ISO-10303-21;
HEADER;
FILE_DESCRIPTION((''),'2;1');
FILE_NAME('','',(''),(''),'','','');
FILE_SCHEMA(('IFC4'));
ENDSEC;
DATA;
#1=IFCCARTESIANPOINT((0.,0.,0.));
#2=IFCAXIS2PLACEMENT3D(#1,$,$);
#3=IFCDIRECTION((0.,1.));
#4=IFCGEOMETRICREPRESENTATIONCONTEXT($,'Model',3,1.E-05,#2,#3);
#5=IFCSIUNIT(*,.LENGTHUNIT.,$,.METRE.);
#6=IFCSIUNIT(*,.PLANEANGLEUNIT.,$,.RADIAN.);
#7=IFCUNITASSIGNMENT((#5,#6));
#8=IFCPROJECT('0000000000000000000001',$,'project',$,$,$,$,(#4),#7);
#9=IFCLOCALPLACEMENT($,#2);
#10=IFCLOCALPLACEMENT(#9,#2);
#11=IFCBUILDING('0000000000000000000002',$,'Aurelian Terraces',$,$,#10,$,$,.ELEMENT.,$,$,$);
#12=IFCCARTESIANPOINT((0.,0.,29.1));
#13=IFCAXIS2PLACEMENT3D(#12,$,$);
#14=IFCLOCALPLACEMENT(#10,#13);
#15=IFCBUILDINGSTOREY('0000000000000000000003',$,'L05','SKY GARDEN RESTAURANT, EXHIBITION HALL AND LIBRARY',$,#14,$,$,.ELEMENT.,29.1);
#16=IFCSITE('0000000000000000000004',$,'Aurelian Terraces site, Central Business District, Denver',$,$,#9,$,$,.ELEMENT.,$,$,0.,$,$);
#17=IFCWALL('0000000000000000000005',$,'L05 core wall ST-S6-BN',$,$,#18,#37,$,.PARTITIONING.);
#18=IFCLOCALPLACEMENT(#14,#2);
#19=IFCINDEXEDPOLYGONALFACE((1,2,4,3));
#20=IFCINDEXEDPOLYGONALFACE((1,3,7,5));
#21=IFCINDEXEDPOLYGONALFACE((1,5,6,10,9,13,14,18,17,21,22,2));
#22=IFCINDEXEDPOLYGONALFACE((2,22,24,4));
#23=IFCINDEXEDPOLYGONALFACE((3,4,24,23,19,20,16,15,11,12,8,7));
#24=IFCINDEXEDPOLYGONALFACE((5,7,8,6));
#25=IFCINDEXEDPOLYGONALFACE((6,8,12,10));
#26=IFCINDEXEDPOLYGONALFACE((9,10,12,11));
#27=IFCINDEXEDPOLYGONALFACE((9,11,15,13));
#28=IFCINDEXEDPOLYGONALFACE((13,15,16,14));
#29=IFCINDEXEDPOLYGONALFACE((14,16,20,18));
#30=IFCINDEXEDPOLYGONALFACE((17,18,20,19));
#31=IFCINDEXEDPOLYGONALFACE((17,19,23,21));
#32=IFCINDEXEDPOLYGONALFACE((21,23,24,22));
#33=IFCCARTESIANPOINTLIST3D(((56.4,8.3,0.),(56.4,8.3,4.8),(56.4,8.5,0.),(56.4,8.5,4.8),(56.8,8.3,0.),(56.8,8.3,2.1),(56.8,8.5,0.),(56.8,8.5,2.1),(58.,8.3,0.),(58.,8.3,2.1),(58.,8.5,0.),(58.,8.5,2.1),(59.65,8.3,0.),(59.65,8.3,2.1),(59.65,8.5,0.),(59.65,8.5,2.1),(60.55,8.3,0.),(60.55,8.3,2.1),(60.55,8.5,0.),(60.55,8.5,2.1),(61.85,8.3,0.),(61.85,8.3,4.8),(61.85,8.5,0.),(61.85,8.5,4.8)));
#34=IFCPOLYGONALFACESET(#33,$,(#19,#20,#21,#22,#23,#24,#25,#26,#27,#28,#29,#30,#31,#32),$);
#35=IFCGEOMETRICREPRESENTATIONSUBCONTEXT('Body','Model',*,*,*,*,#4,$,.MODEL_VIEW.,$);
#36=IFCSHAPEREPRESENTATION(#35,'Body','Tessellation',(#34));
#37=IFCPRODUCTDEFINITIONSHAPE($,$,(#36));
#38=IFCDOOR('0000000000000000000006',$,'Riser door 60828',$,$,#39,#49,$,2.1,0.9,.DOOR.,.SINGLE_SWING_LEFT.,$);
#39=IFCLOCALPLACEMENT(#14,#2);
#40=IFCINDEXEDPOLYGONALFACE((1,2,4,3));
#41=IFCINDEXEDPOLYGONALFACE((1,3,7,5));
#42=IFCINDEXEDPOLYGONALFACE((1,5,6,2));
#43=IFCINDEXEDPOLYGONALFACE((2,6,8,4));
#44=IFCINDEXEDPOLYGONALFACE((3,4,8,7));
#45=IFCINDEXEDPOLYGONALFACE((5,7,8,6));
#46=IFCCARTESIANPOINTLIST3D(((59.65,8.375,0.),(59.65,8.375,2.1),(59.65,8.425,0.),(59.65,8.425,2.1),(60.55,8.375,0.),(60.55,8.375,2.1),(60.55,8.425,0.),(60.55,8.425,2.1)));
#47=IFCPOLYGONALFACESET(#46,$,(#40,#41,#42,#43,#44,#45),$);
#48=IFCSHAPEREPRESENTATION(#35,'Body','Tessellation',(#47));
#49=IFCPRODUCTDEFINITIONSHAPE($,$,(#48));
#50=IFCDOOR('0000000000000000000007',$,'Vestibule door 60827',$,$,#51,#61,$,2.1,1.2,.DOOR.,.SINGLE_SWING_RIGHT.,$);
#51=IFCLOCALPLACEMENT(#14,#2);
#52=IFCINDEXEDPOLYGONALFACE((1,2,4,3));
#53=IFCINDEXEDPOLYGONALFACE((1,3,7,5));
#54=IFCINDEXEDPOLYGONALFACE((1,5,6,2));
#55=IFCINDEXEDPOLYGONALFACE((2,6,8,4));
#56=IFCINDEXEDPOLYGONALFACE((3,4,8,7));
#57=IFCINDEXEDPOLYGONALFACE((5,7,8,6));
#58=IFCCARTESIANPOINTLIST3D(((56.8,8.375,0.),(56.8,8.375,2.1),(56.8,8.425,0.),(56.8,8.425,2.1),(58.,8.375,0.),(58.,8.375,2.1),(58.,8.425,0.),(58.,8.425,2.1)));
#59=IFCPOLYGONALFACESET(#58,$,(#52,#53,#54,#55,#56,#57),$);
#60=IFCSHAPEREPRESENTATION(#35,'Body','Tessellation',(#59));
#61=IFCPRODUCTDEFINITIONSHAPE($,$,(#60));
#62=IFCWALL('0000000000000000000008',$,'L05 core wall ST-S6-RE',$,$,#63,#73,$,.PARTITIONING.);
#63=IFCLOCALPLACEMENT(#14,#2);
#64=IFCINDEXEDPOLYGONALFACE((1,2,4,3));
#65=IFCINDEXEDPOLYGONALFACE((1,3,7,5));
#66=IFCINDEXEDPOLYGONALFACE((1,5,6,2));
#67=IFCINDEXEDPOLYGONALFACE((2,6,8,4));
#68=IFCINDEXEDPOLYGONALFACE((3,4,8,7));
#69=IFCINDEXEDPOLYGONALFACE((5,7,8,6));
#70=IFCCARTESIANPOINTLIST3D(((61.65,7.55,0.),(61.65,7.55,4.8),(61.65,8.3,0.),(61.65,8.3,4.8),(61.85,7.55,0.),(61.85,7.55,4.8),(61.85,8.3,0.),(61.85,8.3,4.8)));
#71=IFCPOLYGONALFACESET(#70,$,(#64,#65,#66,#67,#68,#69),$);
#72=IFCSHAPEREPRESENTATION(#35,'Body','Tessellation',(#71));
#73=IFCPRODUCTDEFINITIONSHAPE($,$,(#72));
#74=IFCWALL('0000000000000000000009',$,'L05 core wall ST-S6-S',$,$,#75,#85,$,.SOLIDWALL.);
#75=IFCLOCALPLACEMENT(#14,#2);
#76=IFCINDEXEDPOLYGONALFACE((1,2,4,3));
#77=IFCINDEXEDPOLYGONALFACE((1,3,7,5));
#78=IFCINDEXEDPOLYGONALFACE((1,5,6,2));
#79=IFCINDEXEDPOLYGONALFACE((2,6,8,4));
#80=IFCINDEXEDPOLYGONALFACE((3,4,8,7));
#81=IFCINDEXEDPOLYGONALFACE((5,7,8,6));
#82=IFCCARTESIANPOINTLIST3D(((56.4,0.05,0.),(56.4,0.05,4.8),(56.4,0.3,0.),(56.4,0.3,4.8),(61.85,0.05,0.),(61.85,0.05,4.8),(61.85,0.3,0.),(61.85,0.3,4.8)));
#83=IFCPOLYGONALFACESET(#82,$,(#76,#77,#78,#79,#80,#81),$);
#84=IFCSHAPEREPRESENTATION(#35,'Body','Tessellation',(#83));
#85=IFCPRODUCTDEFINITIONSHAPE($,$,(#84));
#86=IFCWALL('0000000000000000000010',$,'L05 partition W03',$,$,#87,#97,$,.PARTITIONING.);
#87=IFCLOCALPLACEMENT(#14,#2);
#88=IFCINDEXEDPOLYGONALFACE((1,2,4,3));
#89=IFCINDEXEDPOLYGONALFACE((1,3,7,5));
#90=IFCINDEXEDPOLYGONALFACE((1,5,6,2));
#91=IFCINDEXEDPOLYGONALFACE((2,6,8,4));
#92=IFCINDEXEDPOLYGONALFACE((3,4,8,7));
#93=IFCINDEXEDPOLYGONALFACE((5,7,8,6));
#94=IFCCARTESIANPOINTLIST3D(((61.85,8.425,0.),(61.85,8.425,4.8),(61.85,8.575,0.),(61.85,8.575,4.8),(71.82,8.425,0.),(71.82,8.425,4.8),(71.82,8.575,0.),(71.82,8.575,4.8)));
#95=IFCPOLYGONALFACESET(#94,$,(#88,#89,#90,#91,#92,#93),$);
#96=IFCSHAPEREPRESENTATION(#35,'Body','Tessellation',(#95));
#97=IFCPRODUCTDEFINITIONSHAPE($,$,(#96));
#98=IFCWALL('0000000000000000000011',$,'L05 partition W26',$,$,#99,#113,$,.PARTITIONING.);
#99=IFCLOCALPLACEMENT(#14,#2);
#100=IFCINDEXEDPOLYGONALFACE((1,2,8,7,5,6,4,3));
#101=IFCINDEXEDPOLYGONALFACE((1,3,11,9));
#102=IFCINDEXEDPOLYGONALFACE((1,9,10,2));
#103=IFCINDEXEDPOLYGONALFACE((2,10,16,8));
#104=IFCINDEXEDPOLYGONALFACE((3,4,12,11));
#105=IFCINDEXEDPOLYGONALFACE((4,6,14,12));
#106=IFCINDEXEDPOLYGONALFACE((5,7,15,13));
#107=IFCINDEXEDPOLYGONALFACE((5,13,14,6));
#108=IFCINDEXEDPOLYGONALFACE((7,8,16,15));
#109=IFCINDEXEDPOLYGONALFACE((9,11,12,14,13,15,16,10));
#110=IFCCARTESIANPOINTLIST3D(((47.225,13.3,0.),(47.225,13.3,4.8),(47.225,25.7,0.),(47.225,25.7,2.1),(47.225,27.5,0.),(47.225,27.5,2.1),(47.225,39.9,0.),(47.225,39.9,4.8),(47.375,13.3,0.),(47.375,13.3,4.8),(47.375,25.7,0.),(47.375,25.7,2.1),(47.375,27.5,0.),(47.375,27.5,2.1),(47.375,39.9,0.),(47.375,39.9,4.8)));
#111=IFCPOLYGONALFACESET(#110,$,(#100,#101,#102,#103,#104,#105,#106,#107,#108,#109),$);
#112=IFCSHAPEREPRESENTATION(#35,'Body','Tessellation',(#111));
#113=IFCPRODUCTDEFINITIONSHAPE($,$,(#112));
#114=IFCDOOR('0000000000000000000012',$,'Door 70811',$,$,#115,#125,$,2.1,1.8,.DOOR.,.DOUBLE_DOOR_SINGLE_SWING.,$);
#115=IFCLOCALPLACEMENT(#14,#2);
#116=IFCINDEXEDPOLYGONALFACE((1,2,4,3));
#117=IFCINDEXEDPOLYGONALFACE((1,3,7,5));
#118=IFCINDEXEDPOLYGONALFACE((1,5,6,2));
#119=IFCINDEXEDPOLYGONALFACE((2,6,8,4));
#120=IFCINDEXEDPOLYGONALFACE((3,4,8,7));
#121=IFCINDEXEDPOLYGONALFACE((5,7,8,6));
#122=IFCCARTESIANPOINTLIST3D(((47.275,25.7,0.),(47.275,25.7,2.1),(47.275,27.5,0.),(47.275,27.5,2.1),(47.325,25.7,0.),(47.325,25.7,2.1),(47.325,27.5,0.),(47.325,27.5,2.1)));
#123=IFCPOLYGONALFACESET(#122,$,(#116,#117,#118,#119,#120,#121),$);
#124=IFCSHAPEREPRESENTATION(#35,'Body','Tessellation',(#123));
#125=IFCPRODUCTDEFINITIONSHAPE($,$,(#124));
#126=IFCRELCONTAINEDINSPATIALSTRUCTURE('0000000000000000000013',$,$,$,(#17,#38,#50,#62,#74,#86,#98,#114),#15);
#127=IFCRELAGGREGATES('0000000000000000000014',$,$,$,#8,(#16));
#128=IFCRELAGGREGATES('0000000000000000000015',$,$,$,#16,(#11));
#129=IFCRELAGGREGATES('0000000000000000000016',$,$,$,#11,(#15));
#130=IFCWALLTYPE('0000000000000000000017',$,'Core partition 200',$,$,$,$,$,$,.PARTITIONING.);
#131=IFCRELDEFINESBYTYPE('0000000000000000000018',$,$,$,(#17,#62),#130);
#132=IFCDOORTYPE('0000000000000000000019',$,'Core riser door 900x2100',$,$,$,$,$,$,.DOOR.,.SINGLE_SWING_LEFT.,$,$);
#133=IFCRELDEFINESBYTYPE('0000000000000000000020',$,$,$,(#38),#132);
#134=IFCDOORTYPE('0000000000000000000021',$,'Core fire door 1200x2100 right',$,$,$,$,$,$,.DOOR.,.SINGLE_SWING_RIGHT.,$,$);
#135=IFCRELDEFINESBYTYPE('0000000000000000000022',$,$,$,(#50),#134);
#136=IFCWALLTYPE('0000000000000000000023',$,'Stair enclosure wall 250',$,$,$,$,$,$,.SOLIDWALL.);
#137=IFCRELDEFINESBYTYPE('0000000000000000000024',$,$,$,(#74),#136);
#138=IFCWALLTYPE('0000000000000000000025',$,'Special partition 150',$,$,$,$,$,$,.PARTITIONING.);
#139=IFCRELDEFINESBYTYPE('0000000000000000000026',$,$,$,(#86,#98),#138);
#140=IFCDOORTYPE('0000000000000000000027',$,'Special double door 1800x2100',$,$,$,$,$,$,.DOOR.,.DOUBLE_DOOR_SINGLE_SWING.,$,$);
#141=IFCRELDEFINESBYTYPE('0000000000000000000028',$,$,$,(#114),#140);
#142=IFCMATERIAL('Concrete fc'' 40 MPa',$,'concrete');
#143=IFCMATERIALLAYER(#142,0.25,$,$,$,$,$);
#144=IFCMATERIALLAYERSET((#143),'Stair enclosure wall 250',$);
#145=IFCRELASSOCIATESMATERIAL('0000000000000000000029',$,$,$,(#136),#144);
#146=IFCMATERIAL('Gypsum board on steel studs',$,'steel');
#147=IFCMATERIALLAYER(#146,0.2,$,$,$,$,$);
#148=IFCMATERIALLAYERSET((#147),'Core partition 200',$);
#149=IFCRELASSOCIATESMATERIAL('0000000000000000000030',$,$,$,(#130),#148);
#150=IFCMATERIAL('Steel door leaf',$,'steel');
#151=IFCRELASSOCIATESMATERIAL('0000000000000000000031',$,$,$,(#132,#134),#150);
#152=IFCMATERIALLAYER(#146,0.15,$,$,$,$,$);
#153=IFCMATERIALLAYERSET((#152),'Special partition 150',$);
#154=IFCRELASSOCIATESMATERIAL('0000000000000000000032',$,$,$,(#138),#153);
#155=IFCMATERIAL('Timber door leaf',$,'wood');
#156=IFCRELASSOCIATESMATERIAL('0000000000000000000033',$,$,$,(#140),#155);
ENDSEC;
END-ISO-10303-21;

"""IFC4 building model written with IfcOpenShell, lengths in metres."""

from ifc_helpers import new_model, si_unit, direction, frame, frame_2d, origin, place, context, subcontext, project, spatial, rectangle, extrude, source, transform, mapped, material, layer, layer_set, type_object, element, fill, save


model = new_model("IFC4")

# Units and contexts
model_context = context("Model", 3, precision=1e-05, world=origin(), true_north=direction((0.0, 1.0)))
body_context = subcontext(model_context, "Body", "Model", "MODEL_VIEW")
ifc_project = project(units=[si_unit("LENGTHUNIT", "METRE"), si_unit("PLANEANGLEUNIT", "RADIAN")], contexts=[model_context])

# Site, building, storey
site_placement = place(None, origin())
site = spatial("IfcSite", under=ifc_project, at=site_placement, Name="Aurelian Terraces site, Central Business District, Denver", CompositionType="ELEMENT", RefElevation=0.0)
building_placement = place(site_placement, origin())
building = spatial("IfcBuilding", under=site, at=building_placement, Name="Aurelian Terraces", CompositionType="ELEMENT")
storey_placement = place(building_placement, frame((0.0, 0.0, 29.1)))
storey = spatial("IfcBuildingStorey", under=building, at=storey_placement, Name="L05", Description="SKY GARDEN RESTAURANT, EXHIBITION HALL AND LIBRARY", CompositionType="ELEMENT", Elevation=29.1)

# Shared definitions
ifc_material_1 = material(Name="Concrete fc' 40 MPa", Category="concrete")
ifc_layer_1 = layer(ifc_material_1, 0.25)
ifc_layer_set_1 = layer_set([ifc_layer_1], Name="Stair enclosure wall 250")
wall_type_1 = type_object("IfcWallType", Name="Stair enclosure wall 250", PredefinedType="SOLIDWALL", material=ifc_layer_set_1)
ifc_material_2 = material(Name="Steel door leaf", Category="steel")

# Shared definitions
ifc_material_3 = material(Name="Gypsum board on steel studs", Category="steel")
ifc_layer_2 = layer(ifc_material_3, 0.2)
ifc_layer_set_2 = layer_set([ifc_layer_2], Name="Core partition 200")
wall_type_2 = type_object("IfcWallType", Name="Core partition 200", PredefinedType="PARTITIONING", material=ifc_layer_set_2)

# Wall, openings, doors
shared_shape_1 = source(origin(), body_context, "Body", "SweptSolid", [
    extrude(rectangle(XDim=5.45, YDim=0.2, at=frame_2d((2.725, 0.0))), origin(), (0.0, 0.0, 1.0), 4.8),
])
wall_1_placement = place(storey_placement, frame((56.4, 8.4, 0.0), z_axis=(0.0, 0.0, 1.0), x_axis=(1.0, 0.0, 0.0)))
wall_1 = element("IfcWall", 1, at=wall_1_placement, inside=storey, type_object=wall_type_2, Name="L05 core wall ST-S6-BN", PredefinedType="PARTITIONING", context=body_context, shape_type="MappedRepresentation", body=[
    mapped(shared_shape_1, transform((0.0, 0.0, 0.0), scale=1.0)),
])
shared_shape_2 = source(origin(), body_context, "Body", "SweptSolid", [
    extrude(rectangle(XDim=1.2, YDim=2.1, at=frame_2d((0.6, 1.05))), frame((0.0, 0.11, 0.0), z_axis=(0.0, -1.0, 0.0), x_axis=(1.0, 0.0, 0.0)), (0.0, 0.0, 1.0), 0.22),
])
opening_1_placement = place(wall_1_placement, frame((0.4, 0.0, 0.0)))
opening_1 = element("IfcOpeningElement", 2, at=opening_1_placement, cuts=wall_1, PredefinedType="OPENING", context=body_context, shape_type="MappedRepresentation", body=[
    mapped(shared_shape_2, transform((0.0, 0.0, 0.0), scale=1.0)),
])
shared_shape_3 = source(origin(), body_context, "Body", "SweptSolid", [
    extrude(rectangle(XDim=0.9, YDim=2.1, at=frame_2d((0.45, 1.05))), frame((0.0, 0.11, 0.0), z_axis=(0.0, -1.0, 0.0), x_axis=(1.0, 0.0, 0.0)), (0.0, 0.0, 1.0), 0.22),
])
opening_2_placement = place(wall_1_placement, frame((3.25, 0.0, 0.0)))
opening_2 = element("IfcOpeningElement", 3, at=opening_2_placement, cuts=wall_1, PredefinedType="OPENING", context=body_context, shape_type="MappedRepresentation", body=[
    mapped(shared_shape_3, transform((0.0, 0.0, 0.0), scale=1.0)),
])
door_type_1 = type_object("IfcDoorType", Name="Core riser door 900x2100", OperationType="SINGLE_SWING_LEFT", PredefinedType="DOOR", material=ifc_material_2)
shared_shape_4 = source(origin(), body_context, "Body", "SweptSolid", [
    extrude(rectangle(XDim=0.9, YDim=2.1, at=frame_2d((0.45, 1.05))), frame((0.0, 0.025, 0.0), z_axis=(0.0, -1.0, 0.0), x_axis=(1.0, 0.0, 0.0)), (0.0, 0.0, 1.0), 0.05),
])
door_1_placement = place(opening_2_placement, origin())
door_1 = element("IfcDoor", 4, at=door_1_placement, inside=storey, type_object=door_type_1, Name="Riser door 60828", OperationType="SINGLE_SWING_LEFT", OverallHeight=2.1, OverallWidth=0.9, PredefinedType="DOOR", context=body_context, shape_type="MappedRepresentation", body=[
    mapped(shared_shape_4, transform((0.0, 0.0, 0.0), scale=1.0)),
])
fill(opening_2, door_1)
door_type_2 = type_object("IfcDoorType", Name="Core fire door 1200x2100 right", OperationType="SINGLE_SWING_RIGHT", PredefinedType="DOOR", material=ifc_material_2)
shared_shape_5 = source(origin(), body_context, "Body", "SweptSolid", [
    extrude(rectangle(XDim=1.2, YDim=2.1, at=frame_2d((0.6, 1.05))), frame((0.0, 0.025, 0.0), z_axis=(0.0, -1.0, 0.0), x_axis=(1.0, 0.0, 0.0)), (0.0, 0.0, 1.0), 0.05),
])
door_2_placement = place(opening_1_placement, origin())
door_2 = element("IfcDoor", 5, at=door_2_placement, inside=storey, type_object=door_type_2, Name="Vestibule door 60827", OperationType="SINGLE_SWING_RIGHT", OverallHeight=2.1, OverallWidth=1.2, PredefinedType="DOOR", context=body_context, shape_type="MappedRepresentation", body=[
    mapped(shared_shape_5, transform((0.0, 0.0, 0.0), scale=1.0)),
])
fill(opening_1, door_2)

# Walls
shared_shape_6 = source(origin(), body_context, "Body", "SweptSolid", [
    extrude(rectangle(XDim=0.75, YDim=0.2, at=frame_2d((0.375, 0.0))), origin(), (0.0, 0.0, 1.0), 4.8),
])
wall_2_placement = place(storey_placement, frame((61.75, 7.55, 0.0), z_axis=(0.0, 0.0, 1.0), x_axis=(0.0, 1.0, 0.0)))
element("IfcWall", 6, at=wall_2_placement, inside=storey, type_object=wall_type_2, Name="L05 core wall ST-S6-RE", PredefinedType="PARTITIONING", context=body_context, shape_type="MappedRepresentation", body=[
    mapped(shared_shape_6, transform((0.0, 0.0, 0.0), scale=1.0)),
])
shared_shape_7 = source(origin(), body_context, "Body", "SweptSolid", [
    extrude(rectangle(XDim=5.45, YDim=0.25, at=frame_2d((2.725, 0.0))), origin(), (0.0, 0.0, 1.0), 4.8),
])
wall_3_placement = place(storey_placement, frame((56.4, 0.175, 0.0), z_axis=(0.0, 0.0, 1.0), x_axis=(1.0, 0.0, 0.0)))
element("IfcWall", 7, at=wall_3_placement, inside=storey, type_object=wall_type_1, Name="L05 core wall ST-S6-S", PredefinedType="SOLIDWALL", context=body_context, shape_type="MappedRepresentation", body=[
    mapped(shared_shape_7, transform((0.0, 0.0, 0.0), scale=1.0)),
])
ifc_layer_3 = layer(ifc_material_3, 0.15)
ifc_layer_set_3 = layer_set([ifc_layer_3], Name="Special partition 150")
wall_type_3 = type_object("IfcWallType", Name="Special partition 150", PredefinedType="PARTITIONING", material=ifc_layer_set_3)
shared_shape_8 = source(origin(), body_context, "Body", "SweptSolid", [
    extrude(rectangle(XDim=9.97, YDim=0.15, at=frame_2d((4.985, 0.0))), origin(), (0.0, 0.0, 1.0), 4.8),
])
wall_4_placement = place(storey_placement, frame((61.85, 8.5, 0.0), z_axis=(0.0, 0.0, 1.0), x_axis=(1.0, 0.0, 0.0)))
element("IfcWall", 8, at=wall_4_placement, inside=storey, type_object=wall_type_3, Name="L05 partition W03", PredefinedType="PARTITIONING", context=body_context, shape_type="MappedRepresentation", body=[
    mapped(shared_shape_8, transform((0.0, 0.0, 0.0), scale=1.0)),
])

# Wall, opening, door
shared_shape_9 = source(origin(), body_context, "Body", "SweptSolid", [
    extrude(rectangle(XDim=26.6, YDim=0.15, at=frame_2d((13.3, 0.0))), origin(), (0.0, 0.0, 1.0), 4.8),
])
wall_5_placement = place(storey_placement, frame((47.3, 13.3, 0.0), z_axis=(0.0, 0.0, 1.0), x_axis=(0.0, 1.0, 0.0)))
wall_5 = element("IfcWall", 9, at=wall_5_placement, inside=storey, type_object=wall_type_3, Name="L05 partition W26", PredefinedType="PARTITIONING", context=body_context, shape_type="MappedRepresentation", body=[
    mapped(shared_shape_9, transform((0.0, 0.0, 0.0), scale=1.0)),
])
shared_shape_10 = source(origin(), body_context, "Body", "SweptSolid", [
    extrude(rectangle(XDim=1.8, YDim=2.1, at=frame_2d((0.9, 1.05))), frame((0.0, 0.085, 0.0), z_axis=(0.0, -1.0, 0.0), x_axis=(1.0, 0.0, 0.0)), (0.0, 0.0, 1.0), 0.17),
])
opening_3_placement = place(wall_5_placement, frame((12.4, 0.0, 0.0)))
opening_3 = element("IfcOpeningElement", 10, at=opening_3_placement, cuts=wall_5, PredefinedType="OPENING", context=body_context, shape_type="MappedRepresentation", body=[
    mapped(shared_shape_10, transform((0.0, 0.0, 0.0), scale=1.0)),
])
ifc_material_4 = material(Name="Timber door leaf", Category="wood")
door_type_3 = type_object("IfcDoorType", Name="Special double door 1800x2100", OperationType="DOUBLE_DOOR_SINGLE_SWING", PredefinedType="DOOR", material=ifc_material_4)
shared_shape_11 = source(origin(), body_context, "Body", "SweptSolid", [
    extrude(rectangle(XDim=1.8, YDim=2.1, at=frame_2d((0.9, 1.05))), frame((0.0, 0.025, 0.0), z_axis=(0.0, -1.0, 0.0), x_axis=(1.0, 0.0, 0.0)), (0.0, 0.0, 1.0), 0.05),
])
door_3_placement = place(opening_3_placement, origin())
door_3 = element("IfcDoor", 11, at=door_3_placement, inside=storey, type_object=door_type_3, Name="Door 70811", OperationType="DOUBLE_DOOR_SINGLE_SWING", OverallHeight=2.1, OverallWidth=1.8, PredefinedType="DOOR", context=body_context, shape_type="MappedRepresentation", body=[
    mapped(shared_shape_11, transform((0.0, 0.0, 0.0), scale=1.0)),
])
fill(opening_3, door_3)

save(model, "model.ifc")
